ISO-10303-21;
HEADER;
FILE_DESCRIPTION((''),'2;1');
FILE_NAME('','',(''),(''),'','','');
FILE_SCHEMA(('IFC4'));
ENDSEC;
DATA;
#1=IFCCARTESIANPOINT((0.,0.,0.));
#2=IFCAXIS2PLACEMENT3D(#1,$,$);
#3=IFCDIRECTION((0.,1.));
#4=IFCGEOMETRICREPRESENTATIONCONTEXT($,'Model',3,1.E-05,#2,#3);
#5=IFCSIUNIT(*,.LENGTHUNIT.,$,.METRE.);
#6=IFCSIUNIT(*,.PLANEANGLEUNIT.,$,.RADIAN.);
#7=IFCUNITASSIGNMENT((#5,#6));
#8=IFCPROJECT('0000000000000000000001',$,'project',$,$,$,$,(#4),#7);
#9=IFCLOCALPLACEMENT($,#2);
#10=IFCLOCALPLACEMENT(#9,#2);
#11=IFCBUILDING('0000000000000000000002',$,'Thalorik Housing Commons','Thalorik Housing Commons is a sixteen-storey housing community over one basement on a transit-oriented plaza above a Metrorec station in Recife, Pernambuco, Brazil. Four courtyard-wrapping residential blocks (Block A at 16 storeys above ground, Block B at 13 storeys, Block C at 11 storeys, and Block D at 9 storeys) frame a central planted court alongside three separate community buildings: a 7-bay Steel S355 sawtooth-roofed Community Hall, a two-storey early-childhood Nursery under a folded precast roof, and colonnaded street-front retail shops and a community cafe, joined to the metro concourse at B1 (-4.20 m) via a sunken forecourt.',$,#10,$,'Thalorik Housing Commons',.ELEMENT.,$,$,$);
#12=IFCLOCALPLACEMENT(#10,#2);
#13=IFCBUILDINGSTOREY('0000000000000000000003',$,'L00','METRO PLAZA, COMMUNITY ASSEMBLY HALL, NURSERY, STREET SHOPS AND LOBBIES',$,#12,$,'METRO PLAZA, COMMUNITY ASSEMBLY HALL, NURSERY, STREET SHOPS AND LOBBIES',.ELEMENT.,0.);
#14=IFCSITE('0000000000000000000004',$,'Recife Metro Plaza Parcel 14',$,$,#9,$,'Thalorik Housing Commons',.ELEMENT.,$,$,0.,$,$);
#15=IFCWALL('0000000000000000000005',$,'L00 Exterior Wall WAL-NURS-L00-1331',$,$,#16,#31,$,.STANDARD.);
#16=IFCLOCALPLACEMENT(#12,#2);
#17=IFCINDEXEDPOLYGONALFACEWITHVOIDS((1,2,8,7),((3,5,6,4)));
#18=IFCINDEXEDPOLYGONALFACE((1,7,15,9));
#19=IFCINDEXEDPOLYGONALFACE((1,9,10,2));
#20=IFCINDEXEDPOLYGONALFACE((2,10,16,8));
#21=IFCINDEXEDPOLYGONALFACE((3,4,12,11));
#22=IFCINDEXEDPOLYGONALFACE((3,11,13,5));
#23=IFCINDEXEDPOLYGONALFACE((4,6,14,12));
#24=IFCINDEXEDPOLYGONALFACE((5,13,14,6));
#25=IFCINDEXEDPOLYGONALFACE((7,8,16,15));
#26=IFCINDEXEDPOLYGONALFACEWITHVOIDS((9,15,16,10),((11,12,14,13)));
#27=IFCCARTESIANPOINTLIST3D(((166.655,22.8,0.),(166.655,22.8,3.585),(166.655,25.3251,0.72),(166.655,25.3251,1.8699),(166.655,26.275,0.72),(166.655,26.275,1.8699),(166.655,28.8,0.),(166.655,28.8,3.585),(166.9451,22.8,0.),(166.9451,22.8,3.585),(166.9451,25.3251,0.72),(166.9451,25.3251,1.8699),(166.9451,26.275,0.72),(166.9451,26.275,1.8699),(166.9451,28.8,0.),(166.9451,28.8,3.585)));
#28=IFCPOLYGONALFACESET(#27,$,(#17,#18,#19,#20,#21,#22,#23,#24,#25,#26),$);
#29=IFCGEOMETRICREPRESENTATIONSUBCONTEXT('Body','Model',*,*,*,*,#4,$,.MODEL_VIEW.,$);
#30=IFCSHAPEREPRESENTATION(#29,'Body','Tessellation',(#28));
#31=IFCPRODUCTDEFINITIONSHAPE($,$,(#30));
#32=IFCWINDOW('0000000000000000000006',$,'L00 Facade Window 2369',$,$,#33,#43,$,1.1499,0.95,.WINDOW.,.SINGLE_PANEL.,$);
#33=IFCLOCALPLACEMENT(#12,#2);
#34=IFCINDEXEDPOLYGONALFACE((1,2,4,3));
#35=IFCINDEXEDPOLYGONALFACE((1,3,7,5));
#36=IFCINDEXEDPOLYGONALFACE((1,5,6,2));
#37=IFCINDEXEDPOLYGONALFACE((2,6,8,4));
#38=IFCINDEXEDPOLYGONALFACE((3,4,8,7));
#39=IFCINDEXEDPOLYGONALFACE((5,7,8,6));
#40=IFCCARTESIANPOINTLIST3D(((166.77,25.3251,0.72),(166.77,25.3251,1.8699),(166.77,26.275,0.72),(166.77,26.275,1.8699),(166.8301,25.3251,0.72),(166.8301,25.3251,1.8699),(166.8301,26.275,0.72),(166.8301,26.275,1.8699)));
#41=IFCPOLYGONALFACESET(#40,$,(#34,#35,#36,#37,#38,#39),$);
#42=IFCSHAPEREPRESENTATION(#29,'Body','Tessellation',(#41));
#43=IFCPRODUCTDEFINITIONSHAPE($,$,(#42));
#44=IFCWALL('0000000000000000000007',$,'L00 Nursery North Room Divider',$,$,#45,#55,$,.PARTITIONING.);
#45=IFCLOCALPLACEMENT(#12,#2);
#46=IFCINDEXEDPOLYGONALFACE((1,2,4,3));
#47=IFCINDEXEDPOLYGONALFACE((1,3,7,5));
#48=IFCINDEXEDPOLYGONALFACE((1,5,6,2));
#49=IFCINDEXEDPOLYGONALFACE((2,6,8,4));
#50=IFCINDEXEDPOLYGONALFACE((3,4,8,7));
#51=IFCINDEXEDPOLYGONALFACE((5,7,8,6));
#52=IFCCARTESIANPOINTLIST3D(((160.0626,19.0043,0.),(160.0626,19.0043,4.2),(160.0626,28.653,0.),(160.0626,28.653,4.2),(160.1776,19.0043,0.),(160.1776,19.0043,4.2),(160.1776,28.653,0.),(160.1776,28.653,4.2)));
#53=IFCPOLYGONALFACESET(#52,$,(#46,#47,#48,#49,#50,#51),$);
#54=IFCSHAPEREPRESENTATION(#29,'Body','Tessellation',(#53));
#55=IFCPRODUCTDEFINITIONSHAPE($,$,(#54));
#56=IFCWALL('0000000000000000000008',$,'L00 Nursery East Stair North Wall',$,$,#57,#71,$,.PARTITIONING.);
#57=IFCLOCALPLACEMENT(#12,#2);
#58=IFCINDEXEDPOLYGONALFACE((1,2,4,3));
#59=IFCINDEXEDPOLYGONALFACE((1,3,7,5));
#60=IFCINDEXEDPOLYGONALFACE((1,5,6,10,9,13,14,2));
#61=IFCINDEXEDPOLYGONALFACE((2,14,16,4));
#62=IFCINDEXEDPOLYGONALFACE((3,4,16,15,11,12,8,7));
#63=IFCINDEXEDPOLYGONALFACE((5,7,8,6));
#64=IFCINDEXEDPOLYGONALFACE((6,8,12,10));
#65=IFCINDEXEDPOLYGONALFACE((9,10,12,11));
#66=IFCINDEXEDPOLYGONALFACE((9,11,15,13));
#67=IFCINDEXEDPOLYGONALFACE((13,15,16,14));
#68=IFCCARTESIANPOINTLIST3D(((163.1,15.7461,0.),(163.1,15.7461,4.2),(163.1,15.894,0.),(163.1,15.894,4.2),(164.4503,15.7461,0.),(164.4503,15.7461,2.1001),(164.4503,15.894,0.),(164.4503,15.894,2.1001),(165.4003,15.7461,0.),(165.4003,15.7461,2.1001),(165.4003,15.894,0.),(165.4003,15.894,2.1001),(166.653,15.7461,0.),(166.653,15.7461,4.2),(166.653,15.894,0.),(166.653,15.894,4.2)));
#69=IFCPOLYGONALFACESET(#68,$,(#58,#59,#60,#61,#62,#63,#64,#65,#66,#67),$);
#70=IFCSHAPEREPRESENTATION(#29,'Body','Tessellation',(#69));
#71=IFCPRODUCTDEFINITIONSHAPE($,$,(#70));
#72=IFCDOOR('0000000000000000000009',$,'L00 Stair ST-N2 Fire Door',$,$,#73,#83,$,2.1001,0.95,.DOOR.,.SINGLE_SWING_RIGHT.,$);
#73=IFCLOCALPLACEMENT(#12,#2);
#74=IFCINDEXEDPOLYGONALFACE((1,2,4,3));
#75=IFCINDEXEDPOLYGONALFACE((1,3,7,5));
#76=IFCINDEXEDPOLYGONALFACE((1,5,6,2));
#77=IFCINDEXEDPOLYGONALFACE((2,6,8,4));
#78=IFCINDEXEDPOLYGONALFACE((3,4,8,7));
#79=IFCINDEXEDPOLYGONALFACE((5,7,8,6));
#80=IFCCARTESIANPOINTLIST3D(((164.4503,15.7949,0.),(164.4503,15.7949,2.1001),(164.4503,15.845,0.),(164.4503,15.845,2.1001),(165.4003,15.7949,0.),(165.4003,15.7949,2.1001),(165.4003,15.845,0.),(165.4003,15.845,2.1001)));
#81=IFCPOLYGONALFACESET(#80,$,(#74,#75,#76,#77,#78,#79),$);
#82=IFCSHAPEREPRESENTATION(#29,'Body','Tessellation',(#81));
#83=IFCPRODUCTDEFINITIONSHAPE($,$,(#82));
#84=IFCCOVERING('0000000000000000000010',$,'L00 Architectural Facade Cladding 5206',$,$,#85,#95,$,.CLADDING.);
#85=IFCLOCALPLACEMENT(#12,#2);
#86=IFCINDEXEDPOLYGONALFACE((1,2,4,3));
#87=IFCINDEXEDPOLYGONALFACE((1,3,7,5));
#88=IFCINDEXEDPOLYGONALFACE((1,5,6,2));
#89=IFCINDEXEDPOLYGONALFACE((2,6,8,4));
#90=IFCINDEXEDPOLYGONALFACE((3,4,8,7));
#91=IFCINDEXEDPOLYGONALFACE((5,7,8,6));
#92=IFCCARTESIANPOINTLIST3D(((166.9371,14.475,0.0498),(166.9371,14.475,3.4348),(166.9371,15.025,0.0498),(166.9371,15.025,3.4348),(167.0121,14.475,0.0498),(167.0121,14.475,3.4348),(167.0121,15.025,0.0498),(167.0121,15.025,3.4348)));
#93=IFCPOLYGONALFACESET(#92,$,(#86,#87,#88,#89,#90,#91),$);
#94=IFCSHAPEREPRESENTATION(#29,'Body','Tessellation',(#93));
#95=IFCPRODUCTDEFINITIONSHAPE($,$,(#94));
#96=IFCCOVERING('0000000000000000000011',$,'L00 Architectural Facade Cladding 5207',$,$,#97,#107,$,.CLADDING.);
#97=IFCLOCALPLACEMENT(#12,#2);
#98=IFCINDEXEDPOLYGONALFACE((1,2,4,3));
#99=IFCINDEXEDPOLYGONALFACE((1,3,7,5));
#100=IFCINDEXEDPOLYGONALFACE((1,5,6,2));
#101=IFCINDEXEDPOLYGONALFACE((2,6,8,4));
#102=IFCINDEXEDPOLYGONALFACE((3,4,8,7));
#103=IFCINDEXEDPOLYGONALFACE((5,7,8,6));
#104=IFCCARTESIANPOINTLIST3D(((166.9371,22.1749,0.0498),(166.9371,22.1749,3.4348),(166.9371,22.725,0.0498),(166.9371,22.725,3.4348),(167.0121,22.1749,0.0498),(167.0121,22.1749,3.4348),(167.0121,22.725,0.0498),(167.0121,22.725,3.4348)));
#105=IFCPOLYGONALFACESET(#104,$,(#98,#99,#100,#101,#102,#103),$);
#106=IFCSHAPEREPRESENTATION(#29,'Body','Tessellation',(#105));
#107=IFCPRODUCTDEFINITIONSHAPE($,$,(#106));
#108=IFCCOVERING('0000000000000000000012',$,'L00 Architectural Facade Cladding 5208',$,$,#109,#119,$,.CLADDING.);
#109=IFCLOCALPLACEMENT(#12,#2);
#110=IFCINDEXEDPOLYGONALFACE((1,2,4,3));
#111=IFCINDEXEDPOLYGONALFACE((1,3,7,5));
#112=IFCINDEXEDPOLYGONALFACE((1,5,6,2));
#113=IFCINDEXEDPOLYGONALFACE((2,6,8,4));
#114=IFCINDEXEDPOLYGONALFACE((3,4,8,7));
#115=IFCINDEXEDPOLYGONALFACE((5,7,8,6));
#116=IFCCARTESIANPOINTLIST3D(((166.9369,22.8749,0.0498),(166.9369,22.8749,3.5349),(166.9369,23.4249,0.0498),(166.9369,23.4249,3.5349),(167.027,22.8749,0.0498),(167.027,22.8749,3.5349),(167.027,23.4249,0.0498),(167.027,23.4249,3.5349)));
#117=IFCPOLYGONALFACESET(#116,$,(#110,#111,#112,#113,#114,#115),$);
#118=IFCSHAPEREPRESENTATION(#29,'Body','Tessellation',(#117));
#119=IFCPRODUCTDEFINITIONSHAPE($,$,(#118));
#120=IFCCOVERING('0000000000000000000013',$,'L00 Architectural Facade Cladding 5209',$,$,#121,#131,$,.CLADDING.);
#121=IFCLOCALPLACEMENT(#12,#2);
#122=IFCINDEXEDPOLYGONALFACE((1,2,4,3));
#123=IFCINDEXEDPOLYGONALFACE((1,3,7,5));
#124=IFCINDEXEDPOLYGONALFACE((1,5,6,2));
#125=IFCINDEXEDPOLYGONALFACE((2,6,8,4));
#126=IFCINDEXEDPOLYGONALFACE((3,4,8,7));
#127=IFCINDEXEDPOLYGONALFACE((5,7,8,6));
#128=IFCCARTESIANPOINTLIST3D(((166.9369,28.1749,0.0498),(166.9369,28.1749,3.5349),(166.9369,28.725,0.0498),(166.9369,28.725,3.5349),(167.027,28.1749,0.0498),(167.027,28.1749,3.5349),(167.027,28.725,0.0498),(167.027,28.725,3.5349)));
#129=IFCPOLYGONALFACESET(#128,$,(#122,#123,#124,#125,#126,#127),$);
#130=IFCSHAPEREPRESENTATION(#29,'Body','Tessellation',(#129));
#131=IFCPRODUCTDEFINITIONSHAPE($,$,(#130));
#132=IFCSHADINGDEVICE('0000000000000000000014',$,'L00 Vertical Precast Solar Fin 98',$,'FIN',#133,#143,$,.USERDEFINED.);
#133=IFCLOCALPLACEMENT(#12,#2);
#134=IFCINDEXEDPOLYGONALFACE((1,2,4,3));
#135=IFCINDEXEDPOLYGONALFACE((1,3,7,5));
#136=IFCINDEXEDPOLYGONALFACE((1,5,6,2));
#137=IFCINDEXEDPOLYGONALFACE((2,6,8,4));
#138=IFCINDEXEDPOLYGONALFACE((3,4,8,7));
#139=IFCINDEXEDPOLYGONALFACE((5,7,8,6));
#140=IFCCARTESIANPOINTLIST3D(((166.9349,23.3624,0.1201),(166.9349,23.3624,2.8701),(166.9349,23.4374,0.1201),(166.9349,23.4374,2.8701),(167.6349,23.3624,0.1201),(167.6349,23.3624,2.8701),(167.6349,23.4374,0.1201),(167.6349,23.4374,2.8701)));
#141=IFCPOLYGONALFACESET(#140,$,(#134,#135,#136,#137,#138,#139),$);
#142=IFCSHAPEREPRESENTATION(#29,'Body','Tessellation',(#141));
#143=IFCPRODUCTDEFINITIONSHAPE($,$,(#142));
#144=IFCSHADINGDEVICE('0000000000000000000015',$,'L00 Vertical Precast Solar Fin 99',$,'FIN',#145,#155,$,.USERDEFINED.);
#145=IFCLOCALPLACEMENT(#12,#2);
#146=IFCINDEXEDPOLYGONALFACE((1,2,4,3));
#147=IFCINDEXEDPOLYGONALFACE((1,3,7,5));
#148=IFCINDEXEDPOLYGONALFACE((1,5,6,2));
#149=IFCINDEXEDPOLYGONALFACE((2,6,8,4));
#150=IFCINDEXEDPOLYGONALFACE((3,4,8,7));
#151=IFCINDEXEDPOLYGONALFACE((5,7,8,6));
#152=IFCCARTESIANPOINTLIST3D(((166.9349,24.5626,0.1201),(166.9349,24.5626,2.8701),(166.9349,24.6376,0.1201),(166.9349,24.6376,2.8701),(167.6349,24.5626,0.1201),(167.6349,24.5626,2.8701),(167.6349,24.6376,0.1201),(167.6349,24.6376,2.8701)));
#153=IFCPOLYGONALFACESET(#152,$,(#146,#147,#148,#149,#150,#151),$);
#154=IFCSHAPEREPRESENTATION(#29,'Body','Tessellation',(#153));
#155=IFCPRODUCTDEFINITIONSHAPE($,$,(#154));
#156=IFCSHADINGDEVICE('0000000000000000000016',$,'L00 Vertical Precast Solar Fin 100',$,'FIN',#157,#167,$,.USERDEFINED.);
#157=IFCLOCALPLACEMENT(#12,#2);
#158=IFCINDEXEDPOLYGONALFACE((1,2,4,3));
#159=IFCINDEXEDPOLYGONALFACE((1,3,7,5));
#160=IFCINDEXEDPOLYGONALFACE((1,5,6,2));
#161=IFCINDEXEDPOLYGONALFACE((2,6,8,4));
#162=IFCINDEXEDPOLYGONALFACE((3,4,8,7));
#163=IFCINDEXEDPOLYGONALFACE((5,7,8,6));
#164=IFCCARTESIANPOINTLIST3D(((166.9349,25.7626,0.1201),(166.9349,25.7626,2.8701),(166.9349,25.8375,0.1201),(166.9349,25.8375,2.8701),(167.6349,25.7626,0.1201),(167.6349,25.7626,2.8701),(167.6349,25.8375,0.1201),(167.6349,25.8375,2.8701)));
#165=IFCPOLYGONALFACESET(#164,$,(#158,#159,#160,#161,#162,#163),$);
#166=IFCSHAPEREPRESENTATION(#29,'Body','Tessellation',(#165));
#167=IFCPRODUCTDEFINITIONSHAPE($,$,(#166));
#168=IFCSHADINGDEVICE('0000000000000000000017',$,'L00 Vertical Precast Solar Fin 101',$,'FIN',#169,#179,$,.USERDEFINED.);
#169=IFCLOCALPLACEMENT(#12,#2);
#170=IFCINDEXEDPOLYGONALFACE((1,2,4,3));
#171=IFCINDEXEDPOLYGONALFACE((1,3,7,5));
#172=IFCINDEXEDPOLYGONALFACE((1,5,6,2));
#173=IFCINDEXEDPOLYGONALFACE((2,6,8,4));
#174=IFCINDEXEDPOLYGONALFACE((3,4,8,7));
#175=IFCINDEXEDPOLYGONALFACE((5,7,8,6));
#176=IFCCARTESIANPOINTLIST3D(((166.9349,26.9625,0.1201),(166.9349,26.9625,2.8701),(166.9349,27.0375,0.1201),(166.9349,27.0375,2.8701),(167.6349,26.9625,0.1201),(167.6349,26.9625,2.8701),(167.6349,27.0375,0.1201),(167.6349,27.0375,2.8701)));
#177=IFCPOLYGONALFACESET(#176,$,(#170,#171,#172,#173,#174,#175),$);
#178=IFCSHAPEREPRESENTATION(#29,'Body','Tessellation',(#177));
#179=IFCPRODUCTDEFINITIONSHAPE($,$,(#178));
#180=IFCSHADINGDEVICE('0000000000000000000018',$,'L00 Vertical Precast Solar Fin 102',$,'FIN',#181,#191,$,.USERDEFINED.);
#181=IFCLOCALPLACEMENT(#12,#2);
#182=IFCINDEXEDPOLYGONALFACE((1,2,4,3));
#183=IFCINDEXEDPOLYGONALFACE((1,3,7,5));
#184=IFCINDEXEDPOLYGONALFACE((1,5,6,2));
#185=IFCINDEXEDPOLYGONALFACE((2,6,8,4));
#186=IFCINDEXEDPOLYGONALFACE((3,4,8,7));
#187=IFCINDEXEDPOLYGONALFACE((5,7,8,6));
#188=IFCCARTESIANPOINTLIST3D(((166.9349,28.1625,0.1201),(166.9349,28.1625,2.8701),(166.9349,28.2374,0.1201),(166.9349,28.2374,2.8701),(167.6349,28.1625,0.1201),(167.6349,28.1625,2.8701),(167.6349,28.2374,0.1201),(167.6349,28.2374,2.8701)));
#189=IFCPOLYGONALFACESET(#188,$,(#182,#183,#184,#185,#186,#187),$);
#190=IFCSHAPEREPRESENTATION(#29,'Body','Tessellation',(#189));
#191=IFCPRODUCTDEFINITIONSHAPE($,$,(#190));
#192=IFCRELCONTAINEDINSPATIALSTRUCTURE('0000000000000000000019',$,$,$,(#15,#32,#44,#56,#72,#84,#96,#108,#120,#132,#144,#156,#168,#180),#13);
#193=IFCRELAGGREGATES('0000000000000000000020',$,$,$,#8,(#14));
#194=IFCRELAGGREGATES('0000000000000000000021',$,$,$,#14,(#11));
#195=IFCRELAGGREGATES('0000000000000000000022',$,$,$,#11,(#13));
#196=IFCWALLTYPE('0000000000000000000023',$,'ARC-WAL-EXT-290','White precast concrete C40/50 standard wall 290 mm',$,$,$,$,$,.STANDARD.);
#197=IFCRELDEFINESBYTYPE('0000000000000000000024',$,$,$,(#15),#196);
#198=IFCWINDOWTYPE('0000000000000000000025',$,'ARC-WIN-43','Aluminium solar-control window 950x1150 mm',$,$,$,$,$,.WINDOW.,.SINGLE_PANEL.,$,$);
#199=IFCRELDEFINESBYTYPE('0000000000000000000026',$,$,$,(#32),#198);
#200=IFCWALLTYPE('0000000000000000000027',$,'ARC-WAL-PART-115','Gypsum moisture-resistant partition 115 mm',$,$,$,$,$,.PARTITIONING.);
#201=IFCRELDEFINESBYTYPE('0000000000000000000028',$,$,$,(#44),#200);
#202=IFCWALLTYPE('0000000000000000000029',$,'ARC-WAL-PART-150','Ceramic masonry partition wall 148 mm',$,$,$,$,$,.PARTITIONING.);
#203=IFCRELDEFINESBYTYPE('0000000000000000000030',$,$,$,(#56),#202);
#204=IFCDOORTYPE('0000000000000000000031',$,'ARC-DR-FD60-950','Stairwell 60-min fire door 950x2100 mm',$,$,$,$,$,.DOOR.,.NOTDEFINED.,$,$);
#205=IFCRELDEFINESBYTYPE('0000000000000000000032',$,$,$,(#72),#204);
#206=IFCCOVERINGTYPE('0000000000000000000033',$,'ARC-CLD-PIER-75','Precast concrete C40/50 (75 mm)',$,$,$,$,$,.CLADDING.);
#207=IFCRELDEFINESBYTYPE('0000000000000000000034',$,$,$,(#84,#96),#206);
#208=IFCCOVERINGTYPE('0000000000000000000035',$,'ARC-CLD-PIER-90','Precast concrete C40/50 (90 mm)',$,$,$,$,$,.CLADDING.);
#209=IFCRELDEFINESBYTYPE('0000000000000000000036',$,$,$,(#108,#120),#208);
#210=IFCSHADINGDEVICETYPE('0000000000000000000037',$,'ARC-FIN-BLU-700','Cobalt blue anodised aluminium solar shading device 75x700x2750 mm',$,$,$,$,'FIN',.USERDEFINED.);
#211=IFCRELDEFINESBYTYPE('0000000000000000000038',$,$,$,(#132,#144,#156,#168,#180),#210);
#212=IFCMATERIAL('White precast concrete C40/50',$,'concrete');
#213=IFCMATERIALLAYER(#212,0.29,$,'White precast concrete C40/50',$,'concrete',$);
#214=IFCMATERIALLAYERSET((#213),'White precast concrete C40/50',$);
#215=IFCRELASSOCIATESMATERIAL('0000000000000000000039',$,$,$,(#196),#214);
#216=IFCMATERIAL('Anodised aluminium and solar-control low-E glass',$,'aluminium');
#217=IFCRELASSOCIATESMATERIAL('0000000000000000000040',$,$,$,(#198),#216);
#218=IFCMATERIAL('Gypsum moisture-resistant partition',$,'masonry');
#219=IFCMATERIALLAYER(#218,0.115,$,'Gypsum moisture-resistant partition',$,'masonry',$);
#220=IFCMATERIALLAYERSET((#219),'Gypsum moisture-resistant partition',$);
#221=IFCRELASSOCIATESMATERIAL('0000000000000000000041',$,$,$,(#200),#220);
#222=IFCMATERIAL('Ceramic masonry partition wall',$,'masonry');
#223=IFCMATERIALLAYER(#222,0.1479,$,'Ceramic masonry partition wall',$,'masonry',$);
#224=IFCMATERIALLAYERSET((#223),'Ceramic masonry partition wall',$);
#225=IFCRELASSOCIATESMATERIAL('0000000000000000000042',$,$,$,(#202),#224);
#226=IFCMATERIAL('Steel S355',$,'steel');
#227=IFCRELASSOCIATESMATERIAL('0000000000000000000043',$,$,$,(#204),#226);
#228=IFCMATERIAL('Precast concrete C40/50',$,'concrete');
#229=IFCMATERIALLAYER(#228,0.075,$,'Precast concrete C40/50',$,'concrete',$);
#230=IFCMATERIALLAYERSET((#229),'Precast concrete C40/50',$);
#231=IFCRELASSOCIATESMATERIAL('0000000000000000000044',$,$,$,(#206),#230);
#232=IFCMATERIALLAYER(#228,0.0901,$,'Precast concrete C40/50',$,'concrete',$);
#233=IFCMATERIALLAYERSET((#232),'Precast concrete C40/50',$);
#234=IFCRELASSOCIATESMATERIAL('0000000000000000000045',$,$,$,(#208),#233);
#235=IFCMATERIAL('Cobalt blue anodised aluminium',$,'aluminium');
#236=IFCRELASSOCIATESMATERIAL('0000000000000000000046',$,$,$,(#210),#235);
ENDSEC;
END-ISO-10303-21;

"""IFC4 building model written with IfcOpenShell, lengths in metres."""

from ifc_helpers import new_model, si_unit, direction, frame, frame_2d, origin, origin_2d, place, context, subcontext, project, spatial, rectangle, extrude, material, layer, layer_set, type_object, element, fill, save


model = new_model("IFC4")

# Units and contexts
model_context = context("Model", 3, precision=1e-05, world=origin(), true_north=direction((0.0, 1.0)))
body_context = subcontext(model_context, "Body", "Model", "MODEL_VIEW")
ifc_project = project(units=[si_unit("LENGTHUNIT", "METRE"), si_unit("PLANEANGLEUNIT", "RADIAN")], contexts=[model_context])

# Site, building, storey
site_placement = place(None, origin())
site = spatial("IfcSite", under=ifc_project, at=site_placement, Name="Recife Metro Plaza Parcel 14", LongName="Thalorik Housing Commons", CompositionType="ELEMENT", RefElevation=0.0)
building_placement = place(site_placement, origin())
building = spatial("IfcBuilding", under=site, at=building_placement, Name="Thalorik Housing Commons", Description="Thalorik Housing Commons is a sixteen-storey housing community over one basement on a transit-oriented plaza above a Metrorec station in Recife, Pernambuco, Brazil. Four courtyard-wrapping residential blocks (Block A at 16 storeys above ground, Block B at 13 storeys, Block C at 11 storeys, and Block D at 9 storeys) frame a central planted court alongside three separate community buildings: a 7-bay Steel S355 sawtooth-roofed Community Hall, a two-storey early-childhood Nursery under a folded precast roof, and colonnaded street-front retail shops and a community cafe, joined to the metro concourse at B1 (-4.20 m) via a sunken forecourt.", LongName="Thalorik Housing Commons", CompositionType="ELEMENT")
storey_placement = place(building_placement, origin())
storey = spatial("IfcBuildingStorey", under=building, at=storey_placement, Name="L00", Description="METRO PLAZA, COMMUNITY ASSEMBLY HALL, NURSERY, STREET SHOPS AND LOBBIES", LongName="METRO PLAZA, COMMUNITY ASSEMBLY HALL, NURSERY, STREET SHOPS AND LOBBIES", CompositionType="ELEMENT", Elevation=0.0)

# Shared definitions
ifc_material_1 = material(Name="Precast concrete C40/50", Category="concrete")

# Shared definitions
ifc_material_2 = material(Name="White precast concrete C40/50", Category="concrete")
ifc_layer_1 = layer(ifc_material_2, 0.29, Name="White precast concrete C40/50", Category="concrete")
ifc_layer_set_1 = layer_set([ifc_layer_1], Name="White precast concrete C40/50")
wall_type_1 = type_object("IfcWallType", Name="ARC-WAL-EXT-290", Description="White precast concrete C40/50 standard wall 290 mm", PredefinedType="STANDARD", material=ifc_layer_set_1)
ifc_material_3 = material(Name="Anodised aluminium and solar-control low-E glass", Category="aluminium")

# Wall, opening, window
wall_1_placement = place(storey_placement, frame((166.8, 22.8, 0.0), z_axis=(0.0, 0.0, 1.0), x_axis=(0.0, 1.0, 0.0)))
wall_1 = element("IfcWall", 1, at=wall_1_placement, inside=storey, type_object=wall_type_1, Name="L00 Exterior Wall WAL-NURS-L00-1331", PredefinedType="STANDARD", context=body_context, shape_type="SweptSolid", body=[
    extrude(rectangle(XDim=6.0, YDim=0.29, at=frame_2d((3.0, 0.0))), origin(), (0.0, 0.0, 1.0), 3.585),
])
opening_1_placement = place(wall_1_placement, frame((2.5249, 0.0, 0.72)))
opening_1 = element("IfcOpeningElement", 2, at=opening_1_placement, cuts=wall_1, PredefinedType="OPENING", context=body_context, shape_type="SweptSolid", body=[
    extrude(rectangle(XDim=0.95, YDim=1.1499, at=frame_2d((0.4751, 0.575))), frame((0.0, 0.155, 0.0), z_axis=(0.0, -1.0, 0.0), x_axis=(1.0, 0.0, 0.0)), (0.0, 0.0, 1.0), 0.3101),
])
window_type_1 = type_object("IfcWindowType", Name="ARC-WIN-43", Description="Aluminium solar-control window 950x1150 mm", PartitioningType="SINGLE_PANEL", PredefinedType="WINDOW", material=ifc_material_3)
window_1_placement = place(opening_1_placement, origin())
window_1 = element("IfcWindow", 3, at=window_1_placement, inside=storey, type_object=window_type_1, Name="L00 Facade Window 2369", OverallHeight=1.1499, OverallWidth=0.95, PartitioningType="SINGLE_PANEL", PredefinedType="WINDOW", context=body_context, shape_type="SweptSolid", body=[
    extrude(rectangle(XDim=0.95, YDim=1.1499, at=frame_2d((0.4751, 0.575))), frame((0.0, 0.03, 0.0), z_axis=(0.0, -1.0, 0.0), x_axis=(1.0, 0.0, 0.0)), (0.0, 0.0, 1.0), 0.0601),
])
fill(opening_1, window_1)

# Wall
ifc_material_4 = material(Name="Gypsum moisture-resistant partition", Category="masonry")
ifc_layer_2 = layer(ifc_material_4, 0.115, Name="Gypsum moisture-resistant partition", Category="masonry")
ifc_layer_set_2 = layer_set([ifc_layer_2], Name="Gypsum moisture-resistant partition")
wall_type_2 = type_object("IfcWallType", Name="ARC-WAL-PART-115", Description="Gypsum moisture-resistant partition 115 mm", PredefinedType="PARTITIONING", material=ifc_layer_set_2)
wall_2_placement = place(storey_placement, frame((160.1201, 19.0044, 0.0), z_axis=(0.0, 0.0, 1.0), x_axis=(0.0, 1.0, 0.0)))
element("IfcWall", 4, at=wall_2_placement, inside=storey, type_object=wall_type_2, Name="L00 Nursery North Room Divider", PredefinedType="PARTITIONING", context=body_context, shape_type="SweptSolid", body=[
    extrude(rectangle(XDim=9.6487, YDim=0.115, at=frame_2d((4.8242, 0.0))), origin(), (0.0, 0.0, 1.0), 4.2),
])

# Wall, opening, door
ifc_material_5 = material(Name="Ceramic masonry partition wall", Category="masonry")
ifc_layer_3 = layer(ifc_material_5, 0.1479, Name="Ceramic masonry partition wall", Category="masonry")
ifc_layer_set_3 = layer_set([ifc_layer_3], Name="Ceramic masonry partition wall")
wall_type_3 = type_object("IfcWallType", Name="ARC-WAL-PART-150", Description="Ceramic masonry partition wall 148 mm", PredefinedType="PARTITIONING", material=ifc_layer_set_3)
wall_3_placement = place(storey_placement, frame((163.1001, 15.8201, 0.0), z_axis=(0.0, 0.0, 1.0), x_axis=(1.0, 0.0, 0.0)))
wall_3 = element("IfcWall", 5, at=wall_3_placement, inside=storey, type_object=wall_type_3, Name="L00 Nursery East Stair North Wall", PredefinedType="PARTITIONING", context=body_context, shape_type="SweptSolid", body=[
    extrude(rectangle(XDim=3.553, YDim=0.1479, at=frame_2d((1.7764, 0.0))), origin(), (0.0, 0.0, 1.0), 4.2),
])
opening_2_placement = place(wall_3_placement, frame((1.3501, 0.0, 0.0)))
opening_2 = element("IfcOpeningElement", 6, at=opening_2_placement, cuts=wall_3, PredefinedType="OPENING", context=body_context, shape_type="SweptSolid", body=[
    extrude(rectangle(XDim=0.95, YDim=2.1001, at=frame_2d((0.4751, 1.05))), frame((0.0, 0.084, 0.0), z_axis=(0.0, -1.0, 0.0), x_axis=(1.0, 0.0, 0.0)), (0.0, 0.0, 1.0), 0.168),
])
ifc_material_6 = material(Name="Steel S355", Category="steel")
door_type = type_object("IfcDoorType", Name="ARC-DR-FD60-950", Description="Stairwell 60-min fire door 950x2100 mm", OperationType="NOTDEFINED", PredefinedType="DOOR", material=ifc_material_6)
door_placement = place(opening_2_placement, origin())
door = element("IfcDoor", 7, at=door_placement, inside=storey, type_object=door_type, Name="L00 Stair ST-N2 Fire Door", OperationType="SINGLE_SWING_RIGHT", OverallHeight=2.1001, OverallWidth=0.95, PredefinedType="DOOR", context=body_context, shape_type="SweptSolid", body=[
    extrude(rectangle(XDim=0.95, YDim=2.1001, at=frame_2d((0.4751, 1.05))), frame((0.0, 0.0249, 0.0), z_axis=(0.0, -1.0, 0.0), x_axis=(1.0, 0.0, 0.0)), (0.0, 0.0, 1.0), 0.05),
])
fill(opening_2, door)

# Coverings
ifc_layer_4 = layer(ifc_material_1, 0.075, Name="Precast concrete C40/50", Category="concrete")
ifc_layer_set_4 = layer_set([ifc_layer_4], Name="Precast concrete C40/50")
covering_type_1 = type_object("IfcCoveringType", Name="ARC-CLD-PIER-75", Description="Precast concrete C40/50 (75 mm)", PredefinedType="CLADDING", material=ifc_layer_set_4)
for number, where, z_axis, x_axis, name in (
    (8, (166.9746, 14.75, 0.0498), (0.0, 0.0, 1.0), (0.0, 1.0, 0.0), "L00 Architectural Facade Cladding 5206"),
    (9, (166.9746, 22.45, 0.0498), (0.0, 0.0, 1.0), (0.0, 1.0, 0.0), "L00 Architectural Facade Cladding 5207"),
):
    element("IfcCovering", number, at=place(storey_placement, frame(where, z_axis=z_axis, x_axis=x_axis)), inside=storey, type_object=covering_type_1, Name=name, PredefinedType="CLADDING", context=body_context, shape_type="SweptSolid", body=[
        extrude(rectangle(XDim=0.55, YDim=0.075, at=origin_2d()), origin(), (0.0, 0.0, 1.0), 3.385),
    ])
ifc_layer_5 = layer(ifc_material_1, 0.0901, Name="Precast concrete C40/50", Category="concrete")
ifc_layer_set_5 = layer_set([ifc_layer_5], Name="Precast concrete C40/50")
covering_type_2 = type_object("IfcCoveringType", Name="ARC-CLD-PIER-90", Description="Precast concrete C40/50 (90 mm)", PredefinedType="CLADDING", material=ifc_layer_set_5)
for number, where, z_axis, x_axis, name in (
    (10, (166.9819, 23.1499, 0.0498), (0.0, 0.0, 1.0), (0.0, 1.0, 0.0), "L00 Architectural Facade Cladding 5208"),
    (11, (166.9819, 28.45, 0.0498), (0.0, 0.0, 1.0), (0.0, 1.0, 0.0), "L00 Architectural Facade Cladding 5209"),
):
    element("IfcCovering", number, at=place(storey_placement, frame(where, z_axis=z_axis, x_axis=x_axis)), inside=storey, type_object=covering_type_2, Name=name, PredefinedType="CLADDING", context=body_context, shape_type="SweptSolid", body=[
        extrude(rectangle(XDim=0.55, YDim=0.0901, at=origin_2d()), origin(), (0.0, 0.0, 1.0), 3.4851),
    ])

# Shading devices
ifc_material_7 = material(Name="Cobalt blue anodised aluminium", Category="aluminium")
shading_device_type_1 = type_object("IfcShadingDeviceType", Name="ARC-FIN-BLU-700", Description="Cobalt blue anodised aluminium solar shading device 75x700x2750 mm", ElementType="FIN", PredefinedType="USERDEFINED", material=ifc_material_7)
for number, where, z_axis, x_axis, name in (
    (12, (167.2849, 23.3999, 0.1201), (0.0, 0.0, 1.0), (0.0, 1.0, 0.0), "L00 Vertical Precast Solar Fin 98"),
    (13, (167.2849, 24.6001, 0.1201), (0.0, 0.0, 1.0), (0.0, 1.0, 0.0), "L00 Vertical Precast Solar Fin 99"),
    (14, (167.2849, 25.8, 0.1201), (0.0, 0.0, 1.0), (0.0, 1.0, 0.0), "L00 Vertical Precast Solar Fin 100"),
    (15, (167.2849, 27.0, 0.1201), (0.0, 0.0, 1.0), (0.0, 1.0, 0.0), "L00 Vertical Precast Solar Fin 101"),
    (16, (167.2849, 28.2, 0.1201), (0.0, 0.0, 1.0), (0.0, 1.0, 0.0), "L00 Vertical Precast Solar Fin 102"),
):
    element("IfcShadingDevice", number, at=place(storey_placement, frame(where, z_axis=z_axis, x_axis=x_axis)), inside=storey, type_object=shading_device_type_1, Name=name, ObjectType="FIN", PredefinedType="USERDEFINED", context=body_context, shape_type="SweptSolid", body=[
        extrude(rectangle(XDim=0.075, YDim=0.7, at=origin_2d()), origin(), (0.0, 0.0, 1.0), 2.75),
    ])

save(model, "model.ifc")
